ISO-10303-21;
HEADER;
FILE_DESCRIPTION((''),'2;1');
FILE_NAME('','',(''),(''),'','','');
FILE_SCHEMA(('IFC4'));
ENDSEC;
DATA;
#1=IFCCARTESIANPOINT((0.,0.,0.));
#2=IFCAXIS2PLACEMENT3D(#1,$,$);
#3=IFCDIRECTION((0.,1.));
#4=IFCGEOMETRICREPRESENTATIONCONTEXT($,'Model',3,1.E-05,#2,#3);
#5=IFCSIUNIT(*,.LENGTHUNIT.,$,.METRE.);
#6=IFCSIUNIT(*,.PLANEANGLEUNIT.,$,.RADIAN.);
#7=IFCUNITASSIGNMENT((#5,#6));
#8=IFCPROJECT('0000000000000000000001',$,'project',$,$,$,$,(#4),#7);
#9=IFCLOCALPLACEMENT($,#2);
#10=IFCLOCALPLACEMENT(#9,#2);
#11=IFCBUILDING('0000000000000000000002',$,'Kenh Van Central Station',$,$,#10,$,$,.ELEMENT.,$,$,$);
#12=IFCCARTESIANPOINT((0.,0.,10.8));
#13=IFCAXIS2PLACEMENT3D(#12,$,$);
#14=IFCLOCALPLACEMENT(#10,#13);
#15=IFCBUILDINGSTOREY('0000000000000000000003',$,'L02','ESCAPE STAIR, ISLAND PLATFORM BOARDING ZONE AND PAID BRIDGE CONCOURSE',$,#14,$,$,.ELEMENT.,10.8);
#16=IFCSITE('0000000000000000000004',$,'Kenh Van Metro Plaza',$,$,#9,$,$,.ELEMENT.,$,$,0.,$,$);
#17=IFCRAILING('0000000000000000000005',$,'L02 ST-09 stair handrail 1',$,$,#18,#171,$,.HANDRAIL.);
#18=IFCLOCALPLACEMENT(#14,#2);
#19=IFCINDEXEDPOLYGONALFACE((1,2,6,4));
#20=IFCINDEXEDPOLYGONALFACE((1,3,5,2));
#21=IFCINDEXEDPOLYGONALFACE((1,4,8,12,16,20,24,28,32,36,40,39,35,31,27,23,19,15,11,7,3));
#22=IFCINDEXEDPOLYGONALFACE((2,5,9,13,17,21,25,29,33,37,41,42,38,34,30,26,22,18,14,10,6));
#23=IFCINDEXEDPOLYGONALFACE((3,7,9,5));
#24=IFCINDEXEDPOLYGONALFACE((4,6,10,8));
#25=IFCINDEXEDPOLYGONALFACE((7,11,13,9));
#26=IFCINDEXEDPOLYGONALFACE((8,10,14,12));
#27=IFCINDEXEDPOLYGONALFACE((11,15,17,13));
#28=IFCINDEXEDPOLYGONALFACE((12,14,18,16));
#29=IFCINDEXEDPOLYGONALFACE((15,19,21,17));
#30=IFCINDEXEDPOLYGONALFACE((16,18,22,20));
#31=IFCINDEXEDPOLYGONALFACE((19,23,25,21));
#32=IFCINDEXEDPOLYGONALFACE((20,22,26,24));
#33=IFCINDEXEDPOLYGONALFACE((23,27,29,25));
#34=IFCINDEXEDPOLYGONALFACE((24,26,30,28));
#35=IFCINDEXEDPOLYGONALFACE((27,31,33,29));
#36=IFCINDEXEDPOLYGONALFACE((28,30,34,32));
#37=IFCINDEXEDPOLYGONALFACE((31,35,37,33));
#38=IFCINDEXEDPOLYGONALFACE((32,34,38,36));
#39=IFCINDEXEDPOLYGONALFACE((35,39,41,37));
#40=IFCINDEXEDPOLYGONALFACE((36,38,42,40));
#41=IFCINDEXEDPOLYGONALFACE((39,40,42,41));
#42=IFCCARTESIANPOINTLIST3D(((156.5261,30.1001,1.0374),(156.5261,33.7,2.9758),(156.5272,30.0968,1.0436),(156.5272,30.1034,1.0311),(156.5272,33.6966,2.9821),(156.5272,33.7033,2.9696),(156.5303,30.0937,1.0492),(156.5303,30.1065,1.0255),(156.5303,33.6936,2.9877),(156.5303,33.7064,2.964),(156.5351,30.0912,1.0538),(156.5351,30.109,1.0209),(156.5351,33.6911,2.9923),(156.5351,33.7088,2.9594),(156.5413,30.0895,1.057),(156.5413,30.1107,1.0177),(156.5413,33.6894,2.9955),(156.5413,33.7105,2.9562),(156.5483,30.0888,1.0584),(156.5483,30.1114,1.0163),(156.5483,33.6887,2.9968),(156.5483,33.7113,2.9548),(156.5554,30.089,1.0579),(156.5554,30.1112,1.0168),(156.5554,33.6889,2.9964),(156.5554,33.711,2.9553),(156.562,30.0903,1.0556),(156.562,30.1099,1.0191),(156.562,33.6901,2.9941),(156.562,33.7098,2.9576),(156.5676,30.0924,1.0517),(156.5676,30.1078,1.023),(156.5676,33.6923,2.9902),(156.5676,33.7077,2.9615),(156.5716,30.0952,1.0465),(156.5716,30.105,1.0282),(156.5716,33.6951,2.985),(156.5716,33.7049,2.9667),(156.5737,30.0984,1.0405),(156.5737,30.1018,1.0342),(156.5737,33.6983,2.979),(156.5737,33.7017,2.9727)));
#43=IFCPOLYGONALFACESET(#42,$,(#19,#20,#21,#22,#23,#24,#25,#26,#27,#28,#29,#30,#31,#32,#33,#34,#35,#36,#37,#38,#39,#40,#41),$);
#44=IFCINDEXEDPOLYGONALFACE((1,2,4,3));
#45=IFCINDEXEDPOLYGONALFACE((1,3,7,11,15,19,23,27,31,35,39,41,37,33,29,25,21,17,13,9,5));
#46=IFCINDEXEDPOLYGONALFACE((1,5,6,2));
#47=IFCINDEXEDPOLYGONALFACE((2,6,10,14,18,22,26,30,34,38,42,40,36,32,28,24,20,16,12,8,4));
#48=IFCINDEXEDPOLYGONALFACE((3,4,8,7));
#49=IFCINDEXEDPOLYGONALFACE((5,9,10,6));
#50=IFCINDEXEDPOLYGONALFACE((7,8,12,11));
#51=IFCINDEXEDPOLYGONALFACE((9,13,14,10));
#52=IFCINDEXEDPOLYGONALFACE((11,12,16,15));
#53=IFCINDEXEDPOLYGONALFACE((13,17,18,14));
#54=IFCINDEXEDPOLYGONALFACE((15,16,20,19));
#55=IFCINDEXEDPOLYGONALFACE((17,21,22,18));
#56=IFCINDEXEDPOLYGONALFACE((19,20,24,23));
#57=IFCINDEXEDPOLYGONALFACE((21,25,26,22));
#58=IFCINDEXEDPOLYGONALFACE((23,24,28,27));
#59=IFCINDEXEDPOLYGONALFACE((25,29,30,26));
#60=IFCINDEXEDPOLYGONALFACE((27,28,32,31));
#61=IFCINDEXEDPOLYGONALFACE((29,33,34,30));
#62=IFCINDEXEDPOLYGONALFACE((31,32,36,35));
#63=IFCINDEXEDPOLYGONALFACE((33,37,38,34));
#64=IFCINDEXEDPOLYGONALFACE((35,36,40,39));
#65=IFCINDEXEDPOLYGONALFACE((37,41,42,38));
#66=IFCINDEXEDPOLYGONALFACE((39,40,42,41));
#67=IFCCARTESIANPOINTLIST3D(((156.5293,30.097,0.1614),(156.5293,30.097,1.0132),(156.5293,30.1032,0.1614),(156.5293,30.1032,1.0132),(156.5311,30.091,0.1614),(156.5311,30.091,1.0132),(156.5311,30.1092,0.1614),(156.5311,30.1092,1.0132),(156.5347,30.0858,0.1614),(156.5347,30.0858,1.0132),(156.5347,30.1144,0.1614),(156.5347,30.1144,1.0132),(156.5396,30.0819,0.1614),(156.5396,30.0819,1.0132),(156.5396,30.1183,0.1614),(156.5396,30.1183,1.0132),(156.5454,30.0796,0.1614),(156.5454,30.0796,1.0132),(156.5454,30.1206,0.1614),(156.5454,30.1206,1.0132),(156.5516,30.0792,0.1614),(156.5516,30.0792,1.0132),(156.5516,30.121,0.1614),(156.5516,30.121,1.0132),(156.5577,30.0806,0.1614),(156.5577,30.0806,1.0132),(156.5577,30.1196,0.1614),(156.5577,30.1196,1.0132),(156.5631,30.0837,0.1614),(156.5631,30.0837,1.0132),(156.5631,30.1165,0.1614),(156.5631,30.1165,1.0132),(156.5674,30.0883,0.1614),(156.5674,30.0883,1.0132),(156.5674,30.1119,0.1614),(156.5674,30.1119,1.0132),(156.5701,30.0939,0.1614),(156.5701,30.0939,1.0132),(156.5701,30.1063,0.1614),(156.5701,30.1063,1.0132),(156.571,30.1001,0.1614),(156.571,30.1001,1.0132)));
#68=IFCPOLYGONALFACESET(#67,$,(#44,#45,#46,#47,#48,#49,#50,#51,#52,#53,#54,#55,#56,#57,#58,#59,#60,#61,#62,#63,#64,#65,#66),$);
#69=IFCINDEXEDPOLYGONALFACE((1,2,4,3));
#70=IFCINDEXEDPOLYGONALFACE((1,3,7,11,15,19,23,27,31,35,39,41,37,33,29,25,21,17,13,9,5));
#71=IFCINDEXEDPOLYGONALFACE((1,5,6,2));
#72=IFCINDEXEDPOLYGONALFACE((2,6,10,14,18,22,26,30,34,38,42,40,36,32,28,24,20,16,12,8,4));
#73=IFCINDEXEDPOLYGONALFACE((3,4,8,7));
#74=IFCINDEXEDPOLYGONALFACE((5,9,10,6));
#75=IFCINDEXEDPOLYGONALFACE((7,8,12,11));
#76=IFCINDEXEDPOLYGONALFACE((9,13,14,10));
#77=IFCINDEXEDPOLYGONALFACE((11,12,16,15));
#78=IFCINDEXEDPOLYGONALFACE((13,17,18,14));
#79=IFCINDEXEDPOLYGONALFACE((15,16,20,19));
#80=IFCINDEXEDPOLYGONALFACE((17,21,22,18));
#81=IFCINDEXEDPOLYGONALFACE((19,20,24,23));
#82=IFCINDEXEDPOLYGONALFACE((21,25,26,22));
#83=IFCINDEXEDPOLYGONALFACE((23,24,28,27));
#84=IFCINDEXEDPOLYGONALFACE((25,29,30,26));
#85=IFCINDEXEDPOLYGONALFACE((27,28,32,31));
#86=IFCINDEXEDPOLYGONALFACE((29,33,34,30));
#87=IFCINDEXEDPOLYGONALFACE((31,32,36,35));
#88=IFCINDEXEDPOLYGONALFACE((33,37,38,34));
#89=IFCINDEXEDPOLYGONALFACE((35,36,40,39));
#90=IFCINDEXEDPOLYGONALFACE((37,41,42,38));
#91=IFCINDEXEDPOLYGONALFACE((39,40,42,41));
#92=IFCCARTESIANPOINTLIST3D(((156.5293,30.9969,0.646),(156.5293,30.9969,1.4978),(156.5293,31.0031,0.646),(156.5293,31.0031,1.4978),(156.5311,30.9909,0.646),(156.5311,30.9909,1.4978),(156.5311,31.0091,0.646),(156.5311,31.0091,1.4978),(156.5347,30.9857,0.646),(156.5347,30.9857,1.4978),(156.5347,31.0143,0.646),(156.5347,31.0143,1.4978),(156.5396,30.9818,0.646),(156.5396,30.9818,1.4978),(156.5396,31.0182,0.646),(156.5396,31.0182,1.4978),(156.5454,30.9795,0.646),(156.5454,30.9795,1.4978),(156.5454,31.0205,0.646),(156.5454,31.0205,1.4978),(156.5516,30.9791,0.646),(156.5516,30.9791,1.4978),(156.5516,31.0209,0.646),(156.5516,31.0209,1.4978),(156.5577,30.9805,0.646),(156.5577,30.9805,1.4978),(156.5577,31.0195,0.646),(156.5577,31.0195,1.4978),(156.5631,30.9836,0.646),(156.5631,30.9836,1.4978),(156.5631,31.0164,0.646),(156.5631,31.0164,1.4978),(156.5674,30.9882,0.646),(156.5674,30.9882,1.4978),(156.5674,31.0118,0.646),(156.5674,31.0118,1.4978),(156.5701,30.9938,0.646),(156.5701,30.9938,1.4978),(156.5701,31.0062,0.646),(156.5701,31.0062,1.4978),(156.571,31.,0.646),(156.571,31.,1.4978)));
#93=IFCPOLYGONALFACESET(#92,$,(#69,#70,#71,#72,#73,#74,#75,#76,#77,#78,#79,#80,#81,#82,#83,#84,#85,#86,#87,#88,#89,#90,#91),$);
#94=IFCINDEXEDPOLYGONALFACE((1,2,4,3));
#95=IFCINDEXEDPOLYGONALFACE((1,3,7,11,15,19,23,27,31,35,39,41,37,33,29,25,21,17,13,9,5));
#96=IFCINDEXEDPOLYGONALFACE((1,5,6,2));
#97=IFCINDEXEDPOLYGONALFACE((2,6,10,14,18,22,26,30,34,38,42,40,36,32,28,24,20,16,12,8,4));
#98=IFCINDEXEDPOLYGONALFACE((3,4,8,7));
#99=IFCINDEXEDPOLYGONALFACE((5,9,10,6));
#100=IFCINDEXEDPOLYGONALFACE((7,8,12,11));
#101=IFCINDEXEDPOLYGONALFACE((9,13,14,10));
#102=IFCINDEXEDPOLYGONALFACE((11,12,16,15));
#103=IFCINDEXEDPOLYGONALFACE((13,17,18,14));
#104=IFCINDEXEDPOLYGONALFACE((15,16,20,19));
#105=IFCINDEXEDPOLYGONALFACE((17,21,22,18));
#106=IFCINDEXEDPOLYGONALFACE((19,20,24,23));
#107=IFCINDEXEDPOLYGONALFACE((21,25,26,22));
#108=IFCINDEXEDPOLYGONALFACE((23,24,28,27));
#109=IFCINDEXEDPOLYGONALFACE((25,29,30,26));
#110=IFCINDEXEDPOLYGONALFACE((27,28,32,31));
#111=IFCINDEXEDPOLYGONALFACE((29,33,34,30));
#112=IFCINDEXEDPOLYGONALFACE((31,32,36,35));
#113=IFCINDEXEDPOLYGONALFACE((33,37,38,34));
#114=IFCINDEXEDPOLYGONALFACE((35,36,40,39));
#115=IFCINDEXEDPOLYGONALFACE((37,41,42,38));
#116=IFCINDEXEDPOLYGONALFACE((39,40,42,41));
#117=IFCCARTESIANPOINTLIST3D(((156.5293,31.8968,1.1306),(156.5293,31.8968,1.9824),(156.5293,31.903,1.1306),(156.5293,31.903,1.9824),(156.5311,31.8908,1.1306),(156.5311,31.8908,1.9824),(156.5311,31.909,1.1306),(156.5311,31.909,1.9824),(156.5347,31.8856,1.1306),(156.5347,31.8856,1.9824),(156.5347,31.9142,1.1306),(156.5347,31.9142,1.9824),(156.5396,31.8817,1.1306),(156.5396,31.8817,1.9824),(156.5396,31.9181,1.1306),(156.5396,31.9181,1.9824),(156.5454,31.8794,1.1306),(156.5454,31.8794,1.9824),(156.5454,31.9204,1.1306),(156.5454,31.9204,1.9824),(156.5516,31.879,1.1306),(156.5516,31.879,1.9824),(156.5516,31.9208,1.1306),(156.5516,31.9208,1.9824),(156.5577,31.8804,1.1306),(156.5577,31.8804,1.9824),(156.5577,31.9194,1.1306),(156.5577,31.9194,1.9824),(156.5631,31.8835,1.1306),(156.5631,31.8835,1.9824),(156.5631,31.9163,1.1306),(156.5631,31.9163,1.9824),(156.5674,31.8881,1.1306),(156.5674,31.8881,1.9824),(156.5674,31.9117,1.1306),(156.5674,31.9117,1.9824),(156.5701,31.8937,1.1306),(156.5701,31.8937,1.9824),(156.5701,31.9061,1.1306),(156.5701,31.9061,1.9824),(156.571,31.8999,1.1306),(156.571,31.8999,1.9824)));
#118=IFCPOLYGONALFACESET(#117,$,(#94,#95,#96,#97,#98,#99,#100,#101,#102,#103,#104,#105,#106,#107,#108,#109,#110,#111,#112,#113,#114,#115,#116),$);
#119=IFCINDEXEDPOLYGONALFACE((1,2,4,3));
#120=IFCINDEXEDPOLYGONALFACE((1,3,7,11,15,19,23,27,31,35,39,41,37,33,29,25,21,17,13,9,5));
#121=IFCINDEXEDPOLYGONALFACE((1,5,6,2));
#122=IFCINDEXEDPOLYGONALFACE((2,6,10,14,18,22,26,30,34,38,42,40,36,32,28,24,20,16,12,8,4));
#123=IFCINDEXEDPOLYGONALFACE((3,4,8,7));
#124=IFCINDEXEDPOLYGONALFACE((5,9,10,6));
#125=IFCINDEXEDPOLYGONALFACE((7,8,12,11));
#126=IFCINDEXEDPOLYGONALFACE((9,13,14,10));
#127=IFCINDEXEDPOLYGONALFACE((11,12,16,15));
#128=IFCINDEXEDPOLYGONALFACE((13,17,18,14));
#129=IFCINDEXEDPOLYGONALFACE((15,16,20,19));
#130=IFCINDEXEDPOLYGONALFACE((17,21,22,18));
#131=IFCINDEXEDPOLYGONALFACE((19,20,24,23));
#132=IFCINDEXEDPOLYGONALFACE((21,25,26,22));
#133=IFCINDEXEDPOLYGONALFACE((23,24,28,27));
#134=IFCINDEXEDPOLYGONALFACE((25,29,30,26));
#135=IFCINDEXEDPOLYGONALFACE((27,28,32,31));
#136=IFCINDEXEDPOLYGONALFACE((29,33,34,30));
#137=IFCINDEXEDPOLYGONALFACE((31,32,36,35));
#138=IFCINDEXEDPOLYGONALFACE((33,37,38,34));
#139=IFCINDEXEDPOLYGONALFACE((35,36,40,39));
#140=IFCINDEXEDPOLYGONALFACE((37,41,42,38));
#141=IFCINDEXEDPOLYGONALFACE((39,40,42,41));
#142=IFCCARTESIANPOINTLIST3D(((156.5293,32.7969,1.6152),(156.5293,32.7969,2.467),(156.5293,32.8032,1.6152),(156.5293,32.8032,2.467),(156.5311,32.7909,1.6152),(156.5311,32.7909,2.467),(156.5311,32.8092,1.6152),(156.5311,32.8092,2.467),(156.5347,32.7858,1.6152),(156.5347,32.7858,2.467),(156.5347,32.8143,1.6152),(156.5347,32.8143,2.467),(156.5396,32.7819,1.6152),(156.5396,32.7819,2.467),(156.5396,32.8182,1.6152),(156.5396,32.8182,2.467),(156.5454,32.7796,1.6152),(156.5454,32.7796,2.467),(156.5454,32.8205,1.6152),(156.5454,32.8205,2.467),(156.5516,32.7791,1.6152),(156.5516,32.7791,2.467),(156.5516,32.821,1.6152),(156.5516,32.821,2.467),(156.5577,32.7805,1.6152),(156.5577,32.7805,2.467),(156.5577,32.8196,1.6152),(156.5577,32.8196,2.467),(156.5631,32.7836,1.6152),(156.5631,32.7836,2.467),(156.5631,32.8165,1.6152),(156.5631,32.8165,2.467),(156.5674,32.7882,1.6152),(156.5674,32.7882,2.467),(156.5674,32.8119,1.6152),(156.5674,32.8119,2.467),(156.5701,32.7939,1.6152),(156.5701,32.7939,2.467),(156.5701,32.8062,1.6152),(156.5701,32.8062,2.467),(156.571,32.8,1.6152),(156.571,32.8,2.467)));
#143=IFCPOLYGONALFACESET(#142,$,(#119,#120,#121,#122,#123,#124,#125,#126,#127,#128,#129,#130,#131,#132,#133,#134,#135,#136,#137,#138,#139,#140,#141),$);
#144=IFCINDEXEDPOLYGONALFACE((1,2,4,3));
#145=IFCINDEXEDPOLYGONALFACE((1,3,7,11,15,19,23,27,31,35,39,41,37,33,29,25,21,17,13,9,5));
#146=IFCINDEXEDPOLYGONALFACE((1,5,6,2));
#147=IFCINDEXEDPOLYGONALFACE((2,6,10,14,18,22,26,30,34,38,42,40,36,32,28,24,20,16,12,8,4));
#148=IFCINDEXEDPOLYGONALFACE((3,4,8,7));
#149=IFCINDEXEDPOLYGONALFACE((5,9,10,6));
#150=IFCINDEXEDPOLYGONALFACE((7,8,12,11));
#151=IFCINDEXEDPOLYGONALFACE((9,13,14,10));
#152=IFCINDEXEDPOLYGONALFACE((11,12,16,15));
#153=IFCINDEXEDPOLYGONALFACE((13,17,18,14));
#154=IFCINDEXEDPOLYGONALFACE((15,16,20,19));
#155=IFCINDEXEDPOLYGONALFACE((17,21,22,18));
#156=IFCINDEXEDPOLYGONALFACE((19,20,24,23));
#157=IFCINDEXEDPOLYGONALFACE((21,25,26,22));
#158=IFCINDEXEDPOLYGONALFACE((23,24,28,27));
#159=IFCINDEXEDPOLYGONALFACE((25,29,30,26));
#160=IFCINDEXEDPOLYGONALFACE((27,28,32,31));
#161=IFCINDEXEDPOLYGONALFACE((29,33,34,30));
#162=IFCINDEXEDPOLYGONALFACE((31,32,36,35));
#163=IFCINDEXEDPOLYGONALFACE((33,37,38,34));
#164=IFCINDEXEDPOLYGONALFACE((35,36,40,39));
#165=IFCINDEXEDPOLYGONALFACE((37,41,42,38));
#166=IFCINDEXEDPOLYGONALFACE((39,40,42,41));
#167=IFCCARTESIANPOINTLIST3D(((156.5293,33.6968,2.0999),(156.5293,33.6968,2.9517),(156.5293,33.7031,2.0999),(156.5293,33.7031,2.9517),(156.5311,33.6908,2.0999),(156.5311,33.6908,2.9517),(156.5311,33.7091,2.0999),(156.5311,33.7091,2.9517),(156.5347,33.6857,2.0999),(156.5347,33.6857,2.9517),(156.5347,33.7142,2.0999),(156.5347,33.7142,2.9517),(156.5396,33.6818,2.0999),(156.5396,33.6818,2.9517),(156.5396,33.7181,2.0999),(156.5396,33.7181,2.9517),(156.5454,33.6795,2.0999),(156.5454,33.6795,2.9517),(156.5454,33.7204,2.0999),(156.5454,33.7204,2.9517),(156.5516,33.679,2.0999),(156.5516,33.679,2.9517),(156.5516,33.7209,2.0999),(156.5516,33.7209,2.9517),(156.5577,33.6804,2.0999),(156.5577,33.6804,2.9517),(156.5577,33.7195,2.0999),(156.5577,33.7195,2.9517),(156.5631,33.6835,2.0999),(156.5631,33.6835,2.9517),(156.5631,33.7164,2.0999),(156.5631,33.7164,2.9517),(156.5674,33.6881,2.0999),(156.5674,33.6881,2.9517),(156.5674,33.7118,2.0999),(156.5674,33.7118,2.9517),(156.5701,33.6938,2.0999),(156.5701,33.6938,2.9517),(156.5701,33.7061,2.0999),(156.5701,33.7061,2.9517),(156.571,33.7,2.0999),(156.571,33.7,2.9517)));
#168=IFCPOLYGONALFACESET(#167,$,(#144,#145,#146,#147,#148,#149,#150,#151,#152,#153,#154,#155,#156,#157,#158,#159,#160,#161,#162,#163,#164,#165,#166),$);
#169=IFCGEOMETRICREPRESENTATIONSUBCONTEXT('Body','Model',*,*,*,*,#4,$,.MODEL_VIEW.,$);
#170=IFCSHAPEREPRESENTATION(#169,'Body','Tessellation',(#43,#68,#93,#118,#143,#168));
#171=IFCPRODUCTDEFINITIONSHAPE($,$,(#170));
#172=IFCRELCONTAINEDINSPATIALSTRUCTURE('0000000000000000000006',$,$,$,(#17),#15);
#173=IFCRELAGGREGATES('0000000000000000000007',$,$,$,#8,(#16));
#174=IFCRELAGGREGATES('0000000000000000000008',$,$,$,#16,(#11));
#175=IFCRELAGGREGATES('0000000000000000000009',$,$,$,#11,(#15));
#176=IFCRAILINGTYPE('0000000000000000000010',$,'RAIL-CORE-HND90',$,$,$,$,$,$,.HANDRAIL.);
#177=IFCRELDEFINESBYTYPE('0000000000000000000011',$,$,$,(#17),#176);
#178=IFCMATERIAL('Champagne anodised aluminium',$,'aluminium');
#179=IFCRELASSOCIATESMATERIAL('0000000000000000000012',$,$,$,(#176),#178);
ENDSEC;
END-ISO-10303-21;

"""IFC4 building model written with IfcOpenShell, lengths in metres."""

from ifc_helpers import new_model, si_unit, direction, frame, origin, origin_2d, place, context, subcontext, project, spatial, circle, extrude, material, type_object, element, save


model = new_model("IFC4")

# Units and contexts
model_context = context("Model", 3, precision=1e-05, world=origin(), true_north=direction((0.0, 1.0)))
body_context = subcontext(model_context, "Body", "Model", "MODEL_VIEW")
ifc_project = project(units=[si_unit("LENGTHUNIT", "METRE"), si_unit("PLANEANGLEUNIT", "RADIAN")], contexts=[model_context])

# Site, building, storey
site_placement = place(None, origin())
site = spatial("IfcSite", under=ifc_project, at=site_placement, Name="Kenh Van Metro Plaza", CompositionType="ELEMENT", RefElevation=0.0)
building_placement = place(site_placement, origin())
building = spatial("IfcBuilding", under=site, at=building_placement, Name="Kenh Van Central Station", CompositionType="ELEMENT")
storey_placement = place(building_placement, frame((0.0, 0.0, 10.8)))
storey = spatial("IfcBuildingStorey", under=building, at=storey_placement, Name="L02", Description="ESCAPE STAIR, ISLAND PLATFORM BOARDING ZONE AND PAID BRIDGE CONCOURSE", CompositionType="ELEMENT", Elevation=10.8)

# Shared definitions
ifc_material_1 = material(Name="Champagne anodised aluminium", Category="aluminium")

# Railing
railing_type_1 = type_object("IfcRailingType", Name="RAIL-CORE-HND90", PredefinedType="HANDRAIL", material=ifc_material_1)
railing_1_placement = place(storey_placement, frame((156.55, 30.1001, 0.1614)))
element("IfcRailing", 1, at=railing_1_placement, inside=storey, type_object=railing_type_1, Name="L02 ST-09 stair handrail 1", PredefinedType="HANDRAIL", context=body_context, shape_type="SweptSolid", body=[
    extrude(circle(Radius=0.0239, at=origin_2d()), frame((0.0, 0.0, 0.876), z_axis=(0.0, 0.880462, 0.474118), x_axis=(-1.0, 0.0, 0.0)), (0.0, 0.0, 1.0), 4.0886),
    extrude(circle(Radius=0.021, at=origin_2d()), origin(), (0.0, 0.0, 1.0), 0.8518),
    extrude(circle(Radius=0.021, at=origin_2d()), frame((0.0, 0.8999, 0.4846)), (0.0, 0.0, 1.0), 0.8518),
    extrude(circle(Radius=0.021, at=origin_2d()), frame((0.0, 1.7998, 0.9692)), (0.0, 0.0, 1.0), 0.8518),
    extrude(circle(Radius=0.021, at=origin_2d()), frame((0.0, 2.7, 1.4539)), (0.0, 0.0, 1.0), 0.8518),
    extrude(circle(Radius=0.021, at=origin_2d()), frame((0.0, 3.5999, 1.9385)), (0.0, 0.0, 1.0), 0.8518),
])

save(model, "model.ifc")
